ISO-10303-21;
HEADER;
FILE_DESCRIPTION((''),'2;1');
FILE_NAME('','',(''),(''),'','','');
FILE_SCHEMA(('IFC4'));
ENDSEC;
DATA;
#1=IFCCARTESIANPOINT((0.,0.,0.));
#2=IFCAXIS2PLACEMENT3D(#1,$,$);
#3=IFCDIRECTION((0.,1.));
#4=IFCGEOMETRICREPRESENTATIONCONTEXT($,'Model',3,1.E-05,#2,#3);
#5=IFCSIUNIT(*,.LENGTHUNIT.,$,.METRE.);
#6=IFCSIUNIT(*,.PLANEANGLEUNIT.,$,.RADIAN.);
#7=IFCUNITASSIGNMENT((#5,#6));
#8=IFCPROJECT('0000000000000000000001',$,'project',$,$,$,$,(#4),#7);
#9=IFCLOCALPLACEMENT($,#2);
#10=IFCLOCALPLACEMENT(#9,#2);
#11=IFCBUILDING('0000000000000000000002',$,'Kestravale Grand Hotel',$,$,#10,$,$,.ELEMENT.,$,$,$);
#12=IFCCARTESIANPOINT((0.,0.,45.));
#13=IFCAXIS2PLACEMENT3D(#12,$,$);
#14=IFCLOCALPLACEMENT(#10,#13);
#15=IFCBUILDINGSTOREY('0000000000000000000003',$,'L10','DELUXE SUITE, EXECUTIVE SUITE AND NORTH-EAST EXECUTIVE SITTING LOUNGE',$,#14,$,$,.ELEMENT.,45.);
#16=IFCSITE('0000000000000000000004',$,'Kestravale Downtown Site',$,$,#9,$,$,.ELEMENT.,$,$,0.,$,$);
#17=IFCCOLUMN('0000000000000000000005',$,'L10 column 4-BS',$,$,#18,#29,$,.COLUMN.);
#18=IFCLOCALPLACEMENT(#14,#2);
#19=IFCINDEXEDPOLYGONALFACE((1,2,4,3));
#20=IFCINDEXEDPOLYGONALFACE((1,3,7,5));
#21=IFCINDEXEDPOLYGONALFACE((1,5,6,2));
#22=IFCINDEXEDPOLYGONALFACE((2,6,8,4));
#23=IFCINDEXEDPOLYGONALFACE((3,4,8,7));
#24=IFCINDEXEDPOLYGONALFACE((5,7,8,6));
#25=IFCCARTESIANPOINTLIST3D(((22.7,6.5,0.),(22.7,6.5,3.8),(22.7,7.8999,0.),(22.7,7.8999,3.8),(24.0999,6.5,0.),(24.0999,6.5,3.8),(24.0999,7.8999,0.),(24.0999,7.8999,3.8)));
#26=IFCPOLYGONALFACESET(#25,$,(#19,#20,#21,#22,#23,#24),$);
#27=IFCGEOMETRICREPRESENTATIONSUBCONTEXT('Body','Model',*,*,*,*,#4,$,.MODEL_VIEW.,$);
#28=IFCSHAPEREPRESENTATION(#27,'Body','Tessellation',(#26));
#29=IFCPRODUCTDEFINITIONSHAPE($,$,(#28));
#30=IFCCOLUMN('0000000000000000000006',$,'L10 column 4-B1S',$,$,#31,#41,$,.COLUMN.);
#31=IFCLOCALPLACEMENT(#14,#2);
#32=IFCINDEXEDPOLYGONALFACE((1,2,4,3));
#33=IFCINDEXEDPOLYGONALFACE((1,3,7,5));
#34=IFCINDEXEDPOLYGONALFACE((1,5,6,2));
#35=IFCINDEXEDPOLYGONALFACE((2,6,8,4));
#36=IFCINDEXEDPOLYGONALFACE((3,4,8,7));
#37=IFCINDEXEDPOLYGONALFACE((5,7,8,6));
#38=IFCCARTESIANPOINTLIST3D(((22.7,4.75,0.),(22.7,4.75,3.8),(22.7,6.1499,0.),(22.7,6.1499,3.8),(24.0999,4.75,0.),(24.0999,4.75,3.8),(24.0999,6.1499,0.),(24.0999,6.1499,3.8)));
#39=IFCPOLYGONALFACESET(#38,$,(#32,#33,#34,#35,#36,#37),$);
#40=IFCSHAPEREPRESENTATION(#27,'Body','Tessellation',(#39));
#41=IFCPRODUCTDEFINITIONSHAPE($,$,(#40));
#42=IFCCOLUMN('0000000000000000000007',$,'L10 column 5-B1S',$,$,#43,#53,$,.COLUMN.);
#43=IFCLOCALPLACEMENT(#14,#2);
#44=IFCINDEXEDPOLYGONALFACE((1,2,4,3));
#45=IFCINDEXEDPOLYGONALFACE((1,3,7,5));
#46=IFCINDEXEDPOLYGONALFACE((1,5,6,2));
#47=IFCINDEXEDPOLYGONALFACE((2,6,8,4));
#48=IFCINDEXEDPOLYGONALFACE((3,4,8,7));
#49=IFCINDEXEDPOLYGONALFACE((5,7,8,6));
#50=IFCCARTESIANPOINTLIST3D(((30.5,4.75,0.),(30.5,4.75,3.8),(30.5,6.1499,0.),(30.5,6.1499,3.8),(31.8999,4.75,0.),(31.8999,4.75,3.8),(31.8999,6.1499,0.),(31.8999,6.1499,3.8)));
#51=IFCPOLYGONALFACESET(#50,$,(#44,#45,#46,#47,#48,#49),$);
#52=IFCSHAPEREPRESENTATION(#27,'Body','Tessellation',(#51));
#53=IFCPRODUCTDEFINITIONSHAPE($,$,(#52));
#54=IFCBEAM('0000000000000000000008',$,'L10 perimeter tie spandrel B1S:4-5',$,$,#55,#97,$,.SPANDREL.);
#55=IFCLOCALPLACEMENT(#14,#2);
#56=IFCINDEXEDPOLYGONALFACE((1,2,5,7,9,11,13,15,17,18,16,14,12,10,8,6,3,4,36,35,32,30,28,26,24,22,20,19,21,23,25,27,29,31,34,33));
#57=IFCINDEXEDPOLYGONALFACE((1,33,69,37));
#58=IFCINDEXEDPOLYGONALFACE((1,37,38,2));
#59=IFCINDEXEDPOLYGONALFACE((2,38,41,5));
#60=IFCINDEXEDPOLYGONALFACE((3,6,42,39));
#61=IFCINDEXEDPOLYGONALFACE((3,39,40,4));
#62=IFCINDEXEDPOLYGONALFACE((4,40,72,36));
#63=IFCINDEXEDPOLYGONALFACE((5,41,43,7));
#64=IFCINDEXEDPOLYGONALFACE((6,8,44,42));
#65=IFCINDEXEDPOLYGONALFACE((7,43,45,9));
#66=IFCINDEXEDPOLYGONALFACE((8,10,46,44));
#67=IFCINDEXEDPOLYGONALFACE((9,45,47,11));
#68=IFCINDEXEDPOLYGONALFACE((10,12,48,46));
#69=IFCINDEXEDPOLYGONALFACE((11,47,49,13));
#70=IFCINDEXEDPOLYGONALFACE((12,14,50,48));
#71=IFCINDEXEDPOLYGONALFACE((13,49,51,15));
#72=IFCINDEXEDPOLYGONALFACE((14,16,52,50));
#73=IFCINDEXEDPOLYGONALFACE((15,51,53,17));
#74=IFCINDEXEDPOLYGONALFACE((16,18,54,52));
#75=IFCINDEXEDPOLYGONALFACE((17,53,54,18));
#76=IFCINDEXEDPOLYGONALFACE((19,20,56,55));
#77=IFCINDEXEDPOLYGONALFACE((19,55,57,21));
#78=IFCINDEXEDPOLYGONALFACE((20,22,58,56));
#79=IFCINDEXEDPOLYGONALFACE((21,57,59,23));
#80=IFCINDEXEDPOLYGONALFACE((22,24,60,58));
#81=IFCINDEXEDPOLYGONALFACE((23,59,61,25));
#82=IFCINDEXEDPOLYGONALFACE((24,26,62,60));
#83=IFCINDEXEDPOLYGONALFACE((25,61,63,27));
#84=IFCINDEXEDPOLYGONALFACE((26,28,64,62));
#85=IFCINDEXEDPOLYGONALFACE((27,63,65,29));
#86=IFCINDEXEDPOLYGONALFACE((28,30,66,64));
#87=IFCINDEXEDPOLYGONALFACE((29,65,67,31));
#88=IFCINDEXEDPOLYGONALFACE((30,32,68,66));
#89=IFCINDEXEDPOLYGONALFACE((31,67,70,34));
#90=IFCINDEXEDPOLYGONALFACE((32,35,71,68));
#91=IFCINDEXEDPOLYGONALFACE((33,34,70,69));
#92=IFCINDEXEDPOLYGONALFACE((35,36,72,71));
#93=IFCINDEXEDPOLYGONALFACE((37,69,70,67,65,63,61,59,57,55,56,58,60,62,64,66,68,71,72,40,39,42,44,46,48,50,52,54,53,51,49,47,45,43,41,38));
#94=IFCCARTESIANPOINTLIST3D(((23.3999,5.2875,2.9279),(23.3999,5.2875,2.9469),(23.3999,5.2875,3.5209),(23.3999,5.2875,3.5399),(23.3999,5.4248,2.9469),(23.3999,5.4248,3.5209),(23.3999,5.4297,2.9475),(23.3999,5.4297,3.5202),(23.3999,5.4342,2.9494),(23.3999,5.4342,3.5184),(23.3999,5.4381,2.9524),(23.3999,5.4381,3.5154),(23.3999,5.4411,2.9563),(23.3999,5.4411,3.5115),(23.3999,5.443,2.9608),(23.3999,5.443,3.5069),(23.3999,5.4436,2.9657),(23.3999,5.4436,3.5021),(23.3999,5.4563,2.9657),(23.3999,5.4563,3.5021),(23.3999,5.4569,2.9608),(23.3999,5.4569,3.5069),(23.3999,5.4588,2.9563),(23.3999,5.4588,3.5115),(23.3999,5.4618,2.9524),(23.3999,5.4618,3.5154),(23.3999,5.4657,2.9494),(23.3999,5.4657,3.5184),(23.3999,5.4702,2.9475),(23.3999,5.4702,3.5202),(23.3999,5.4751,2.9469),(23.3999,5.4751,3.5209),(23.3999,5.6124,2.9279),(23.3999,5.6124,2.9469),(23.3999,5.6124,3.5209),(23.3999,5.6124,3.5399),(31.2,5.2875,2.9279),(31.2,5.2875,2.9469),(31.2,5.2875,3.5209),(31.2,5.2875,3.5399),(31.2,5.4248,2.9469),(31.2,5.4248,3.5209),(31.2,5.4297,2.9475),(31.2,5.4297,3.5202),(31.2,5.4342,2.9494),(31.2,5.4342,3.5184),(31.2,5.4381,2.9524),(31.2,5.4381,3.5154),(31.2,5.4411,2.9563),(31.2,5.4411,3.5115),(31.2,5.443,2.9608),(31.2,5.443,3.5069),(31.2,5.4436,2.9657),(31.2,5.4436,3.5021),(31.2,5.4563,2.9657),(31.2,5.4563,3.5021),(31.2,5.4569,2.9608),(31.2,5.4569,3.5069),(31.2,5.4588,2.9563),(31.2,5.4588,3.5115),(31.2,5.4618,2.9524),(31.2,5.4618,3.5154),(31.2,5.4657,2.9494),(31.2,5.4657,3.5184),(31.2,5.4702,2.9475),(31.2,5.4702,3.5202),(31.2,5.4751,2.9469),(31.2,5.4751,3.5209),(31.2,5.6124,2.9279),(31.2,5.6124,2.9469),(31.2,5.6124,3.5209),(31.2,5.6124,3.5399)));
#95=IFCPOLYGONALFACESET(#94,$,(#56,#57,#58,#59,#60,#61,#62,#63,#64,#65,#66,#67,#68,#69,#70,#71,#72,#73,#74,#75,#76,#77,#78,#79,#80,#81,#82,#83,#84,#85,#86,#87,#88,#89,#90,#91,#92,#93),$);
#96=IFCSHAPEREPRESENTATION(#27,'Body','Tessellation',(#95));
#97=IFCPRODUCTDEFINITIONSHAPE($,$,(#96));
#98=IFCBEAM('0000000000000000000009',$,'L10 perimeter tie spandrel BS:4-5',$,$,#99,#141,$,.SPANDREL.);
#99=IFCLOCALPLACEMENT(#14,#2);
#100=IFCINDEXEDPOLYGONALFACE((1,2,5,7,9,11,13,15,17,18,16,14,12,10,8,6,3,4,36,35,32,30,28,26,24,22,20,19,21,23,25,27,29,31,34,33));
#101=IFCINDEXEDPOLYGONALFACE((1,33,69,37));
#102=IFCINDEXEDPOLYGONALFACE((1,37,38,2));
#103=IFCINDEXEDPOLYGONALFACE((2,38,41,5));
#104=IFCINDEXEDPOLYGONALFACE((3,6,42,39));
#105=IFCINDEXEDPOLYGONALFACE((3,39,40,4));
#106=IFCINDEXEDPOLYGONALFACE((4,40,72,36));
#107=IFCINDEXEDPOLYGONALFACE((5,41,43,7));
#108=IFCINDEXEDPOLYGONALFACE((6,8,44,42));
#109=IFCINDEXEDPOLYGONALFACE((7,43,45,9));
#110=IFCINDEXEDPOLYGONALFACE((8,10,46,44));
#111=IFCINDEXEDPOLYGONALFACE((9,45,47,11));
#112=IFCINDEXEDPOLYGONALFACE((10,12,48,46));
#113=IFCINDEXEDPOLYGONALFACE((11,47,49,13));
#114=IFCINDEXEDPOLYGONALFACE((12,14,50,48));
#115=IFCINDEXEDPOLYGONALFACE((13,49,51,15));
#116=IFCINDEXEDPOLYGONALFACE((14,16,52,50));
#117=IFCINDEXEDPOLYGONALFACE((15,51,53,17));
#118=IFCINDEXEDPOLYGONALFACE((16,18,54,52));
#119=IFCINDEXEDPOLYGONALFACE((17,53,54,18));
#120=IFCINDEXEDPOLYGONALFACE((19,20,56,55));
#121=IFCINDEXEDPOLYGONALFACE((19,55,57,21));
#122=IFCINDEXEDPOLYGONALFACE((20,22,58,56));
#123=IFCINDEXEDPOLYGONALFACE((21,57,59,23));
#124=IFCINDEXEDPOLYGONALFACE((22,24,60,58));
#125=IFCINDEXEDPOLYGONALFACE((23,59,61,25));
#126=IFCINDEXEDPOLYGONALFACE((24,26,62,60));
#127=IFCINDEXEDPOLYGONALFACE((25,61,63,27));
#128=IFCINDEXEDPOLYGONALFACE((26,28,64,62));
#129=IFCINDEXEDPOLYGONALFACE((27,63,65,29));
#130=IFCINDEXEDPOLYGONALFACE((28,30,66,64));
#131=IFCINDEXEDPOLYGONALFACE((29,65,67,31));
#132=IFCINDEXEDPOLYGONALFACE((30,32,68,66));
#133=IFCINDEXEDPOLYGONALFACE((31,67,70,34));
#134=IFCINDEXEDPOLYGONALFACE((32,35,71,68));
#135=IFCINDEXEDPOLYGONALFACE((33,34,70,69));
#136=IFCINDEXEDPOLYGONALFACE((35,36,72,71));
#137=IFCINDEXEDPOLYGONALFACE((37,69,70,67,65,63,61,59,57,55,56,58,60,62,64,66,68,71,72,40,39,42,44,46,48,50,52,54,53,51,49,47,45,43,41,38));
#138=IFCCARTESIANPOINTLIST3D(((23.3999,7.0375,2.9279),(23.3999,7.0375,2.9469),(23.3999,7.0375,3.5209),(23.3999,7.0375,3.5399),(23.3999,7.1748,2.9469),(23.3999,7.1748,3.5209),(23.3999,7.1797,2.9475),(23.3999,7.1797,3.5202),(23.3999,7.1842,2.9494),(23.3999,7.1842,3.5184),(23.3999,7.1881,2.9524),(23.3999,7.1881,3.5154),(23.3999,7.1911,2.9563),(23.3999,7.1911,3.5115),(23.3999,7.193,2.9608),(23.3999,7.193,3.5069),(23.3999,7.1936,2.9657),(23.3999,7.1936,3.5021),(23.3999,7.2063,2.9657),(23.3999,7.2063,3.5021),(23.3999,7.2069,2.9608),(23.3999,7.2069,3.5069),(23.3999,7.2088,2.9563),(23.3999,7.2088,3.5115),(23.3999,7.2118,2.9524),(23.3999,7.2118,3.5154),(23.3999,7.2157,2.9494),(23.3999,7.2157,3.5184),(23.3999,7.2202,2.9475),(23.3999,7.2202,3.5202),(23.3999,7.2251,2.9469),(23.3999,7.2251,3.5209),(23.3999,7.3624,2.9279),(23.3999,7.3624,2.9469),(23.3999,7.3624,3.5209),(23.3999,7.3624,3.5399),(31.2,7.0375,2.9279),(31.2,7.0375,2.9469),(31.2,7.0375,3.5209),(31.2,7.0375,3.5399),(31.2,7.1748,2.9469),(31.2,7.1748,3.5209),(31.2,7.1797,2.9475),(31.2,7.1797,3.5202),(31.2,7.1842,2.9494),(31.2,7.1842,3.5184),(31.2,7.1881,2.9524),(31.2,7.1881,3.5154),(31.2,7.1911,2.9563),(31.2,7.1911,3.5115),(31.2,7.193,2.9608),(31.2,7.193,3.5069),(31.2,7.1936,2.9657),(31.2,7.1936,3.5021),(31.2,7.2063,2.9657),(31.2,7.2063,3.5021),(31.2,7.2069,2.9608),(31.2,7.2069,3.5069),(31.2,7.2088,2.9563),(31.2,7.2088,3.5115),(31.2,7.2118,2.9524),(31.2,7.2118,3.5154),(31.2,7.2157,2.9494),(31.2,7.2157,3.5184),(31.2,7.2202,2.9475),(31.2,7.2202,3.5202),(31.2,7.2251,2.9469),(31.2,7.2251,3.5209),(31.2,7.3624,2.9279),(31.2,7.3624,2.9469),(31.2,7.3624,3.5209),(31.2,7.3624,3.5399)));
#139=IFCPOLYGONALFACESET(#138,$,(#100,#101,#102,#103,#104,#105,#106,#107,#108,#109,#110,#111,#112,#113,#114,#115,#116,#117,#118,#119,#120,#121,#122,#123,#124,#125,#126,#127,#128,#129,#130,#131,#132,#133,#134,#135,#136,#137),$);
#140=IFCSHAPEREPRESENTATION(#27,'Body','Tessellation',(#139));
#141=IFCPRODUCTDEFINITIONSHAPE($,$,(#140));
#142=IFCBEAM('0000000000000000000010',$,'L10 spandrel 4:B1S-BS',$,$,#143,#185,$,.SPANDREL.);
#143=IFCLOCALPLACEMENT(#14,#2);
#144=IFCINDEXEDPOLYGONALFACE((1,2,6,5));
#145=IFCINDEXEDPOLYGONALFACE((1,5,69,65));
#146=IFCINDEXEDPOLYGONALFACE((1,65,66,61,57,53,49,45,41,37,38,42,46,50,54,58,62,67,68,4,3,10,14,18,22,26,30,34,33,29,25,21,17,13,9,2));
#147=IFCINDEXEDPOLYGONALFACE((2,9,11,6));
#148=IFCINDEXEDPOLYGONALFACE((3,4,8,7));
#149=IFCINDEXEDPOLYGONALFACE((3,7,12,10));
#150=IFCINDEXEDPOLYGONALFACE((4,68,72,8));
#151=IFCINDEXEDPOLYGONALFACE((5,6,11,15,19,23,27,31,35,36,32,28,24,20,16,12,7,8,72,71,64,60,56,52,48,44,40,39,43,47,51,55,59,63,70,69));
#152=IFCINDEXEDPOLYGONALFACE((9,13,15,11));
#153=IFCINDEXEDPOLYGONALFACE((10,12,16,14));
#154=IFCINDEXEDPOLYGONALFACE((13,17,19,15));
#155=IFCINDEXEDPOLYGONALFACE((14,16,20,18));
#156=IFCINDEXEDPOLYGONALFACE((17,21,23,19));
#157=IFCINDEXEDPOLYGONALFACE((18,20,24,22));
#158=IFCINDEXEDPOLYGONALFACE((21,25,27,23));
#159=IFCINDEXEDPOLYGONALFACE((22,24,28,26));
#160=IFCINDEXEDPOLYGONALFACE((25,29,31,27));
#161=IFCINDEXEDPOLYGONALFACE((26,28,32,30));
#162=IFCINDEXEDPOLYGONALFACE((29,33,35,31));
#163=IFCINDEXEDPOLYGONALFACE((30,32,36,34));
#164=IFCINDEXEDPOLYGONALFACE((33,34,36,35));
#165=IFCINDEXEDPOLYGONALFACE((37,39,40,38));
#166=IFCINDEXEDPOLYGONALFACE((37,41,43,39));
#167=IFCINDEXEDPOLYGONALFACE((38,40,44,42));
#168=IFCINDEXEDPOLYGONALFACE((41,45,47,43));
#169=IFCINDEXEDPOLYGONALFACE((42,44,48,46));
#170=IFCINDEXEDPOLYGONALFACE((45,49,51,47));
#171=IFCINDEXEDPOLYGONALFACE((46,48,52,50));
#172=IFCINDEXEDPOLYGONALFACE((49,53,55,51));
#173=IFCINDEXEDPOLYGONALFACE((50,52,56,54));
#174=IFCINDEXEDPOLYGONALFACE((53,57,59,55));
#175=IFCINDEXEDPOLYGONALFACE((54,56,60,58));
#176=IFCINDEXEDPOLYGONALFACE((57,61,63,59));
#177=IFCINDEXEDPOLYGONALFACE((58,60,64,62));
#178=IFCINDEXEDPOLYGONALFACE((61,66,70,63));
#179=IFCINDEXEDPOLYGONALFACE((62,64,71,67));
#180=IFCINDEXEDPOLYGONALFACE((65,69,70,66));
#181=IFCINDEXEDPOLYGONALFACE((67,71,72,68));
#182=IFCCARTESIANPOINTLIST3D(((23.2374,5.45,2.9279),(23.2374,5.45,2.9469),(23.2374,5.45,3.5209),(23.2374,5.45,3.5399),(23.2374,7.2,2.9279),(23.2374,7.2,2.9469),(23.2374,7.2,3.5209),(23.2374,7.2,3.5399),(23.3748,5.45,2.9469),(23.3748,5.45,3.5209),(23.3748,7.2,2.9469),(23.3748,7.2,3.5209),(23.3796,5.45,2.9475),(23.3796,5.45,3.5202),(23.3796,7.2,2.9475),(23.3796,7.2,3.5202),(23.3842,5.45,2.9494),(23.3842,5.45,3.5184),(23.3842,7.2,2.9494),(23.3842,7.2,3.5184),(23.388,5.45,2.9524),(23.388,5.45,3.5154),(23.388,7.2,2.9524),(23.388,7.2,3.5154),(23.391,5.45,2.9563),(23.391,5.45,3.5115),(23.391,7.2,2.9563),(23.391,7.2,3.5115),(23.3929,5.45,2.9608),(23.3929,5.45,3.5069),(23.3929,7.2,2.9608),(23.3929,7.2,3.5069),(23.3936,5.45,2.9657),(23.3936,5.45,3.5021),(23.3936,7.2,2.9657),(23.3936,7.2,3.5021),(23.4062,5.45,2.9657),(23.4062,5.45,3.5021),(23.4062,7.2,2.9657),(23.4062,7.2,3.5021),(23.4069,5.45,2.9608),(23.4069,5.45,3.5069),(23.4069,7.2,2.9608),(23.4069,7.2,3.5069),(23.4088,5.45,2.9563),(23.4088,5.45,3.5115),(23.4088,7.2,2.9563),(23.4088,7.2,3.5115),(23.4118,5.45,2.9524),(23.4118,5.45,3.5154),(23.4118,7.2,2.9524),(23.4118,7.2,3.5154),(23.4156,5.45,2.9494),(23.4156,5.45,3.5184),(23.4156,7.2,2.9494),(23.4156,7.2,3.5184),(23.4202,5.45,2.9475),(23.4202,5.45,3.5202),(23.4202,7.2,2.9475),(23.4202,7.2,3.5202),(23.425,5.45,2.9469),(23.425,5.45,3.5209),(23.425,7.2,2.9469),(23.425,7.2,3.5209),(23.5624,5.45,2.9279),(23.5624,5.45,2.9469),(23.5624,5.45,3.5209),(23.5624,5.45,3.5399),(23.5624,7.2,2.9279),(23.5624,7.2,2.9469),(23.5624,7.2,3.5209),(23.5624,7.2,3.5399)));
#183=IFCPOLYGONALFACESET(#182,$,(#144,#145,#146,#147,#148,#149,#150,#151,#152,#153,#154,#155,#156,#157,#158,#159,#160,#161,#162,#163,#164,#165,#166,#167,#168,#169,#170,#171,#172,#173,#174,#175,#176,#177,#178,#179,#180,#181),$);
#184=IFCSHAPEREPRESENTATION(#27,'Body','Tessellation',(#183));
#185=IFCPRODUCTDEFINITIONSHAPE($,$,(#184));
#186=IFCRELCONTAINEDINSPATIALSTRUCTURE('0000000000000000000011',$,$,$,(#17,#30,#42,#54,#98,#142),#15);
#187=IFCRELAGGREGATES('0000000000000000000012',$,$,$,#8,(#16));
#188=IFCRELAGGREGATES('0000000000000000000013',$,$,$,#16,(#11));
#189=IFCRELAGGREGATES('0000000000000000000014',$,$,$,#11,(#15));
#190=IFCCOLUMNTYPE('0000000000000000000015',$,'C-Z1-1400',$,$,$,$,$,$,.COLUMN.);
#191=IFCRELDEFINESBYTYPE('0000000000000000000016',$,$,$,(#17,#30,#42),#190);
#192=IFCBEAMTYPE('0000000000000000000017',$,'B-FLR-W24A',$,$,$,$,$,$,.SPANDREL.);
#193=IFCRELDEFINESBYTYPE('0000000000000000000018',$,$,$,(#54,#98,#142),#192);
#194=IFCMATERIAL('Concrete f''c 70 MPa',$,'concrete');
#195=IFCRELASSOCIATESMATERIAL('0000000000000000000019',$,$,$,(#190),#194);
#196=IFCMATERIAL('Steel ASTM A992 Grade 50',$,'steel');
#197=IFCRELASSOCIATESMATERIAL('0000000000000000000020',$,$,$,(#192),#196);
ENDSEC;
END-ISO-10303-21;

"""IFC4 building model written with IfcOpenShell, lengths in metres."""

from ifc_helpers import new_model, si_unit, direction, frame, origin, origin_2d, place, context, subcontext, project, spatial, rectangle, i_section, extrude, material, material_profile, profile_set, type_object, element, save


model = new_model("IFC4")

# Units and contexts
model_context = context("Model", 3, precision=1e-05, world=origin(), true_north=direction((0.0, 1.0)))
body_context = subcontext(model_context, "Body", "Model", "MODEL_VIEW")
ifc_project = project(units=[si_unit("LENGTHUNIT", "METRE"), si_unit("PLANEANGLEUNIT", "RADIAN")], contexts=[model_context])

# Site, building, storey
site_placement = place(None, origin())
site = spatial("IfcSite", under=ifc_project, at=site_placement, Name="Kestravale Downtown Site", CompositionType="ELEMENT", RefElevation=0.0)
building_placement = place(site_placement, origin())
building = spatial("IfcBuilding", under=site, at=building_placement, Name="Kestravale Grand Hotel", CompositionType="ELEMENT")
storey_placement = place(building_placement, frame((0.0, 0.0, 45.0)))
storey = spatial("IfcBuildingStorey", under=building, at=storey_placement, Name="L10", Description="DELUXE SUITE, EXECUTIVE SUITE AND NORTH-EAST EXECUTIVE SITTING LOUNGE", CompositionType="ELEMENT", Elevation=45.0)

# Columns
ifc_material_1 = material(Name="Concrete f'c 70 MPa", Category="concrete")
ifc_material_profile_1 = material_profile(ifc_material_1, rectangle(XDim=1.3999, YDim=1.3999, at=origin_2d()))
ifc_profile_set_1 = profile_set([ifc_material_profile_1], Name="Concrete f'c 70 MPa")
column_type = type_object("IfcColumnType", Name="C-Z1-1400", PredefinedType="COLUMN", material=ifc_profile_set_1)
for number, where, z_axis, x_axis, name in (
    (1, (23.3999, 7.2, 0.0), (0.0, 0.0, 1.0), (1.0, 0.0, 0.0), "L10 column 4-BS"),
    (2, (23.3999, 5.45, 0.0), (0.0, 0.0, 1.0), (1.0, 0.0, 0.0), "L10 column 4-B1S"),
    (3, (31.2, 5.45, 0.0), (0.0, 0.0, 1.0), (1.0, 0.0, 0.0), "L10 column 5-B1S"),
):
    element("IfcColumn", number, at=place(storey_placement, frame(where, z_axis=z_axis, x_axis=x_axis)), inside=storey, type_object=column_type, Name=name, PredefinedType="COLUMN", context=body_context, shape_type="SweptSolid", body=[
        extrude(rectangle(XDim=1.3999, YDim=1.3999, at=origin_2d()), origin(), (0.0, 0.0, 1.0), 3.8),
    ])

# Beams
ifc_material_2 = material(Name="Steel ASTM A992 Grade 50", Category="steel")
ifc_material_profile_2 = material_profile(ifc_material_2, i_section(OverallWidth=0.325, OverallDepth=0.6121, WebThickness=0.0127, FlangeThickness=0.019, FilletRadius=0.0188, at=origin_2d()))
ifc_profile_set_2 = profile_set([ifc_material_profile_2], Name="Steel ASTM A992 Grade 50")
beam_type_1 = type_object("IfcBeamType", Name="B-FLR-W24A", PredefinedType="SPANDREL", material=ifc_profile_set_2)
for number, where, z_axis, x_axis, name in (
    (4, (23.3999, 5.45, 3.2339), (1.0, 0.0, 0.0), (0.0, 1.0, 0.0), "L10 perimeter tie spandrel B1S:4-5"),
    (5, (23.3999, 7.2, 3.2339), (1.0, 0.0, 0.0), (0.0, 1.0, 0.0), "L10 perimeter tie spandrel BS:4-5"),
):
    element("IfcBeam", number, at=place(storey_placement, frame(where, z_axis=z_axis, x_axis=x_axis)), inside=storey, type_object=beam_type_1, Name=name, PredefinedType="SPANDREL", context=body_context, shape_type="SweptSolid", body=[
        extrude(i_section(OverallWidth=0.325, OverallDepth=0.6121, WebThickness=0.0127, FlangeThickness=0.019, FilletRadius=0.0188, at=origin_2d()), origin(), (0.0, 0.0, 1.0), 7.8),
    ])
for number, where, z_axis, x_axis, name in (
    (6, (23.3999, 5.45, 3.2339), (0.0, 1.0, 0.0), (-1.0, 0.0, 0.0), "L10 spandrel 4:B1S-BS"),
):
    element("IfcBeam", number, at=place(storey_placement, frame(where, z_axis=z_axis, x_axis=x_axis)), inside=storey, type_object=beam_type_1, Name=name, PredefinedType="SPANDREL", context=body_context, shape_type="SweptSolid", body=[
        extrude(i_section(OverallWidth=0.325, OverallDepth=0.6121, WebThickness=0.0127, FlangeThickness=0.019, FilletRadius=0.0188, at=origin_2d()), origin(), (0.0, 0.0, 1.0), 1.75),
    ])

save(model, "model.ifc")
